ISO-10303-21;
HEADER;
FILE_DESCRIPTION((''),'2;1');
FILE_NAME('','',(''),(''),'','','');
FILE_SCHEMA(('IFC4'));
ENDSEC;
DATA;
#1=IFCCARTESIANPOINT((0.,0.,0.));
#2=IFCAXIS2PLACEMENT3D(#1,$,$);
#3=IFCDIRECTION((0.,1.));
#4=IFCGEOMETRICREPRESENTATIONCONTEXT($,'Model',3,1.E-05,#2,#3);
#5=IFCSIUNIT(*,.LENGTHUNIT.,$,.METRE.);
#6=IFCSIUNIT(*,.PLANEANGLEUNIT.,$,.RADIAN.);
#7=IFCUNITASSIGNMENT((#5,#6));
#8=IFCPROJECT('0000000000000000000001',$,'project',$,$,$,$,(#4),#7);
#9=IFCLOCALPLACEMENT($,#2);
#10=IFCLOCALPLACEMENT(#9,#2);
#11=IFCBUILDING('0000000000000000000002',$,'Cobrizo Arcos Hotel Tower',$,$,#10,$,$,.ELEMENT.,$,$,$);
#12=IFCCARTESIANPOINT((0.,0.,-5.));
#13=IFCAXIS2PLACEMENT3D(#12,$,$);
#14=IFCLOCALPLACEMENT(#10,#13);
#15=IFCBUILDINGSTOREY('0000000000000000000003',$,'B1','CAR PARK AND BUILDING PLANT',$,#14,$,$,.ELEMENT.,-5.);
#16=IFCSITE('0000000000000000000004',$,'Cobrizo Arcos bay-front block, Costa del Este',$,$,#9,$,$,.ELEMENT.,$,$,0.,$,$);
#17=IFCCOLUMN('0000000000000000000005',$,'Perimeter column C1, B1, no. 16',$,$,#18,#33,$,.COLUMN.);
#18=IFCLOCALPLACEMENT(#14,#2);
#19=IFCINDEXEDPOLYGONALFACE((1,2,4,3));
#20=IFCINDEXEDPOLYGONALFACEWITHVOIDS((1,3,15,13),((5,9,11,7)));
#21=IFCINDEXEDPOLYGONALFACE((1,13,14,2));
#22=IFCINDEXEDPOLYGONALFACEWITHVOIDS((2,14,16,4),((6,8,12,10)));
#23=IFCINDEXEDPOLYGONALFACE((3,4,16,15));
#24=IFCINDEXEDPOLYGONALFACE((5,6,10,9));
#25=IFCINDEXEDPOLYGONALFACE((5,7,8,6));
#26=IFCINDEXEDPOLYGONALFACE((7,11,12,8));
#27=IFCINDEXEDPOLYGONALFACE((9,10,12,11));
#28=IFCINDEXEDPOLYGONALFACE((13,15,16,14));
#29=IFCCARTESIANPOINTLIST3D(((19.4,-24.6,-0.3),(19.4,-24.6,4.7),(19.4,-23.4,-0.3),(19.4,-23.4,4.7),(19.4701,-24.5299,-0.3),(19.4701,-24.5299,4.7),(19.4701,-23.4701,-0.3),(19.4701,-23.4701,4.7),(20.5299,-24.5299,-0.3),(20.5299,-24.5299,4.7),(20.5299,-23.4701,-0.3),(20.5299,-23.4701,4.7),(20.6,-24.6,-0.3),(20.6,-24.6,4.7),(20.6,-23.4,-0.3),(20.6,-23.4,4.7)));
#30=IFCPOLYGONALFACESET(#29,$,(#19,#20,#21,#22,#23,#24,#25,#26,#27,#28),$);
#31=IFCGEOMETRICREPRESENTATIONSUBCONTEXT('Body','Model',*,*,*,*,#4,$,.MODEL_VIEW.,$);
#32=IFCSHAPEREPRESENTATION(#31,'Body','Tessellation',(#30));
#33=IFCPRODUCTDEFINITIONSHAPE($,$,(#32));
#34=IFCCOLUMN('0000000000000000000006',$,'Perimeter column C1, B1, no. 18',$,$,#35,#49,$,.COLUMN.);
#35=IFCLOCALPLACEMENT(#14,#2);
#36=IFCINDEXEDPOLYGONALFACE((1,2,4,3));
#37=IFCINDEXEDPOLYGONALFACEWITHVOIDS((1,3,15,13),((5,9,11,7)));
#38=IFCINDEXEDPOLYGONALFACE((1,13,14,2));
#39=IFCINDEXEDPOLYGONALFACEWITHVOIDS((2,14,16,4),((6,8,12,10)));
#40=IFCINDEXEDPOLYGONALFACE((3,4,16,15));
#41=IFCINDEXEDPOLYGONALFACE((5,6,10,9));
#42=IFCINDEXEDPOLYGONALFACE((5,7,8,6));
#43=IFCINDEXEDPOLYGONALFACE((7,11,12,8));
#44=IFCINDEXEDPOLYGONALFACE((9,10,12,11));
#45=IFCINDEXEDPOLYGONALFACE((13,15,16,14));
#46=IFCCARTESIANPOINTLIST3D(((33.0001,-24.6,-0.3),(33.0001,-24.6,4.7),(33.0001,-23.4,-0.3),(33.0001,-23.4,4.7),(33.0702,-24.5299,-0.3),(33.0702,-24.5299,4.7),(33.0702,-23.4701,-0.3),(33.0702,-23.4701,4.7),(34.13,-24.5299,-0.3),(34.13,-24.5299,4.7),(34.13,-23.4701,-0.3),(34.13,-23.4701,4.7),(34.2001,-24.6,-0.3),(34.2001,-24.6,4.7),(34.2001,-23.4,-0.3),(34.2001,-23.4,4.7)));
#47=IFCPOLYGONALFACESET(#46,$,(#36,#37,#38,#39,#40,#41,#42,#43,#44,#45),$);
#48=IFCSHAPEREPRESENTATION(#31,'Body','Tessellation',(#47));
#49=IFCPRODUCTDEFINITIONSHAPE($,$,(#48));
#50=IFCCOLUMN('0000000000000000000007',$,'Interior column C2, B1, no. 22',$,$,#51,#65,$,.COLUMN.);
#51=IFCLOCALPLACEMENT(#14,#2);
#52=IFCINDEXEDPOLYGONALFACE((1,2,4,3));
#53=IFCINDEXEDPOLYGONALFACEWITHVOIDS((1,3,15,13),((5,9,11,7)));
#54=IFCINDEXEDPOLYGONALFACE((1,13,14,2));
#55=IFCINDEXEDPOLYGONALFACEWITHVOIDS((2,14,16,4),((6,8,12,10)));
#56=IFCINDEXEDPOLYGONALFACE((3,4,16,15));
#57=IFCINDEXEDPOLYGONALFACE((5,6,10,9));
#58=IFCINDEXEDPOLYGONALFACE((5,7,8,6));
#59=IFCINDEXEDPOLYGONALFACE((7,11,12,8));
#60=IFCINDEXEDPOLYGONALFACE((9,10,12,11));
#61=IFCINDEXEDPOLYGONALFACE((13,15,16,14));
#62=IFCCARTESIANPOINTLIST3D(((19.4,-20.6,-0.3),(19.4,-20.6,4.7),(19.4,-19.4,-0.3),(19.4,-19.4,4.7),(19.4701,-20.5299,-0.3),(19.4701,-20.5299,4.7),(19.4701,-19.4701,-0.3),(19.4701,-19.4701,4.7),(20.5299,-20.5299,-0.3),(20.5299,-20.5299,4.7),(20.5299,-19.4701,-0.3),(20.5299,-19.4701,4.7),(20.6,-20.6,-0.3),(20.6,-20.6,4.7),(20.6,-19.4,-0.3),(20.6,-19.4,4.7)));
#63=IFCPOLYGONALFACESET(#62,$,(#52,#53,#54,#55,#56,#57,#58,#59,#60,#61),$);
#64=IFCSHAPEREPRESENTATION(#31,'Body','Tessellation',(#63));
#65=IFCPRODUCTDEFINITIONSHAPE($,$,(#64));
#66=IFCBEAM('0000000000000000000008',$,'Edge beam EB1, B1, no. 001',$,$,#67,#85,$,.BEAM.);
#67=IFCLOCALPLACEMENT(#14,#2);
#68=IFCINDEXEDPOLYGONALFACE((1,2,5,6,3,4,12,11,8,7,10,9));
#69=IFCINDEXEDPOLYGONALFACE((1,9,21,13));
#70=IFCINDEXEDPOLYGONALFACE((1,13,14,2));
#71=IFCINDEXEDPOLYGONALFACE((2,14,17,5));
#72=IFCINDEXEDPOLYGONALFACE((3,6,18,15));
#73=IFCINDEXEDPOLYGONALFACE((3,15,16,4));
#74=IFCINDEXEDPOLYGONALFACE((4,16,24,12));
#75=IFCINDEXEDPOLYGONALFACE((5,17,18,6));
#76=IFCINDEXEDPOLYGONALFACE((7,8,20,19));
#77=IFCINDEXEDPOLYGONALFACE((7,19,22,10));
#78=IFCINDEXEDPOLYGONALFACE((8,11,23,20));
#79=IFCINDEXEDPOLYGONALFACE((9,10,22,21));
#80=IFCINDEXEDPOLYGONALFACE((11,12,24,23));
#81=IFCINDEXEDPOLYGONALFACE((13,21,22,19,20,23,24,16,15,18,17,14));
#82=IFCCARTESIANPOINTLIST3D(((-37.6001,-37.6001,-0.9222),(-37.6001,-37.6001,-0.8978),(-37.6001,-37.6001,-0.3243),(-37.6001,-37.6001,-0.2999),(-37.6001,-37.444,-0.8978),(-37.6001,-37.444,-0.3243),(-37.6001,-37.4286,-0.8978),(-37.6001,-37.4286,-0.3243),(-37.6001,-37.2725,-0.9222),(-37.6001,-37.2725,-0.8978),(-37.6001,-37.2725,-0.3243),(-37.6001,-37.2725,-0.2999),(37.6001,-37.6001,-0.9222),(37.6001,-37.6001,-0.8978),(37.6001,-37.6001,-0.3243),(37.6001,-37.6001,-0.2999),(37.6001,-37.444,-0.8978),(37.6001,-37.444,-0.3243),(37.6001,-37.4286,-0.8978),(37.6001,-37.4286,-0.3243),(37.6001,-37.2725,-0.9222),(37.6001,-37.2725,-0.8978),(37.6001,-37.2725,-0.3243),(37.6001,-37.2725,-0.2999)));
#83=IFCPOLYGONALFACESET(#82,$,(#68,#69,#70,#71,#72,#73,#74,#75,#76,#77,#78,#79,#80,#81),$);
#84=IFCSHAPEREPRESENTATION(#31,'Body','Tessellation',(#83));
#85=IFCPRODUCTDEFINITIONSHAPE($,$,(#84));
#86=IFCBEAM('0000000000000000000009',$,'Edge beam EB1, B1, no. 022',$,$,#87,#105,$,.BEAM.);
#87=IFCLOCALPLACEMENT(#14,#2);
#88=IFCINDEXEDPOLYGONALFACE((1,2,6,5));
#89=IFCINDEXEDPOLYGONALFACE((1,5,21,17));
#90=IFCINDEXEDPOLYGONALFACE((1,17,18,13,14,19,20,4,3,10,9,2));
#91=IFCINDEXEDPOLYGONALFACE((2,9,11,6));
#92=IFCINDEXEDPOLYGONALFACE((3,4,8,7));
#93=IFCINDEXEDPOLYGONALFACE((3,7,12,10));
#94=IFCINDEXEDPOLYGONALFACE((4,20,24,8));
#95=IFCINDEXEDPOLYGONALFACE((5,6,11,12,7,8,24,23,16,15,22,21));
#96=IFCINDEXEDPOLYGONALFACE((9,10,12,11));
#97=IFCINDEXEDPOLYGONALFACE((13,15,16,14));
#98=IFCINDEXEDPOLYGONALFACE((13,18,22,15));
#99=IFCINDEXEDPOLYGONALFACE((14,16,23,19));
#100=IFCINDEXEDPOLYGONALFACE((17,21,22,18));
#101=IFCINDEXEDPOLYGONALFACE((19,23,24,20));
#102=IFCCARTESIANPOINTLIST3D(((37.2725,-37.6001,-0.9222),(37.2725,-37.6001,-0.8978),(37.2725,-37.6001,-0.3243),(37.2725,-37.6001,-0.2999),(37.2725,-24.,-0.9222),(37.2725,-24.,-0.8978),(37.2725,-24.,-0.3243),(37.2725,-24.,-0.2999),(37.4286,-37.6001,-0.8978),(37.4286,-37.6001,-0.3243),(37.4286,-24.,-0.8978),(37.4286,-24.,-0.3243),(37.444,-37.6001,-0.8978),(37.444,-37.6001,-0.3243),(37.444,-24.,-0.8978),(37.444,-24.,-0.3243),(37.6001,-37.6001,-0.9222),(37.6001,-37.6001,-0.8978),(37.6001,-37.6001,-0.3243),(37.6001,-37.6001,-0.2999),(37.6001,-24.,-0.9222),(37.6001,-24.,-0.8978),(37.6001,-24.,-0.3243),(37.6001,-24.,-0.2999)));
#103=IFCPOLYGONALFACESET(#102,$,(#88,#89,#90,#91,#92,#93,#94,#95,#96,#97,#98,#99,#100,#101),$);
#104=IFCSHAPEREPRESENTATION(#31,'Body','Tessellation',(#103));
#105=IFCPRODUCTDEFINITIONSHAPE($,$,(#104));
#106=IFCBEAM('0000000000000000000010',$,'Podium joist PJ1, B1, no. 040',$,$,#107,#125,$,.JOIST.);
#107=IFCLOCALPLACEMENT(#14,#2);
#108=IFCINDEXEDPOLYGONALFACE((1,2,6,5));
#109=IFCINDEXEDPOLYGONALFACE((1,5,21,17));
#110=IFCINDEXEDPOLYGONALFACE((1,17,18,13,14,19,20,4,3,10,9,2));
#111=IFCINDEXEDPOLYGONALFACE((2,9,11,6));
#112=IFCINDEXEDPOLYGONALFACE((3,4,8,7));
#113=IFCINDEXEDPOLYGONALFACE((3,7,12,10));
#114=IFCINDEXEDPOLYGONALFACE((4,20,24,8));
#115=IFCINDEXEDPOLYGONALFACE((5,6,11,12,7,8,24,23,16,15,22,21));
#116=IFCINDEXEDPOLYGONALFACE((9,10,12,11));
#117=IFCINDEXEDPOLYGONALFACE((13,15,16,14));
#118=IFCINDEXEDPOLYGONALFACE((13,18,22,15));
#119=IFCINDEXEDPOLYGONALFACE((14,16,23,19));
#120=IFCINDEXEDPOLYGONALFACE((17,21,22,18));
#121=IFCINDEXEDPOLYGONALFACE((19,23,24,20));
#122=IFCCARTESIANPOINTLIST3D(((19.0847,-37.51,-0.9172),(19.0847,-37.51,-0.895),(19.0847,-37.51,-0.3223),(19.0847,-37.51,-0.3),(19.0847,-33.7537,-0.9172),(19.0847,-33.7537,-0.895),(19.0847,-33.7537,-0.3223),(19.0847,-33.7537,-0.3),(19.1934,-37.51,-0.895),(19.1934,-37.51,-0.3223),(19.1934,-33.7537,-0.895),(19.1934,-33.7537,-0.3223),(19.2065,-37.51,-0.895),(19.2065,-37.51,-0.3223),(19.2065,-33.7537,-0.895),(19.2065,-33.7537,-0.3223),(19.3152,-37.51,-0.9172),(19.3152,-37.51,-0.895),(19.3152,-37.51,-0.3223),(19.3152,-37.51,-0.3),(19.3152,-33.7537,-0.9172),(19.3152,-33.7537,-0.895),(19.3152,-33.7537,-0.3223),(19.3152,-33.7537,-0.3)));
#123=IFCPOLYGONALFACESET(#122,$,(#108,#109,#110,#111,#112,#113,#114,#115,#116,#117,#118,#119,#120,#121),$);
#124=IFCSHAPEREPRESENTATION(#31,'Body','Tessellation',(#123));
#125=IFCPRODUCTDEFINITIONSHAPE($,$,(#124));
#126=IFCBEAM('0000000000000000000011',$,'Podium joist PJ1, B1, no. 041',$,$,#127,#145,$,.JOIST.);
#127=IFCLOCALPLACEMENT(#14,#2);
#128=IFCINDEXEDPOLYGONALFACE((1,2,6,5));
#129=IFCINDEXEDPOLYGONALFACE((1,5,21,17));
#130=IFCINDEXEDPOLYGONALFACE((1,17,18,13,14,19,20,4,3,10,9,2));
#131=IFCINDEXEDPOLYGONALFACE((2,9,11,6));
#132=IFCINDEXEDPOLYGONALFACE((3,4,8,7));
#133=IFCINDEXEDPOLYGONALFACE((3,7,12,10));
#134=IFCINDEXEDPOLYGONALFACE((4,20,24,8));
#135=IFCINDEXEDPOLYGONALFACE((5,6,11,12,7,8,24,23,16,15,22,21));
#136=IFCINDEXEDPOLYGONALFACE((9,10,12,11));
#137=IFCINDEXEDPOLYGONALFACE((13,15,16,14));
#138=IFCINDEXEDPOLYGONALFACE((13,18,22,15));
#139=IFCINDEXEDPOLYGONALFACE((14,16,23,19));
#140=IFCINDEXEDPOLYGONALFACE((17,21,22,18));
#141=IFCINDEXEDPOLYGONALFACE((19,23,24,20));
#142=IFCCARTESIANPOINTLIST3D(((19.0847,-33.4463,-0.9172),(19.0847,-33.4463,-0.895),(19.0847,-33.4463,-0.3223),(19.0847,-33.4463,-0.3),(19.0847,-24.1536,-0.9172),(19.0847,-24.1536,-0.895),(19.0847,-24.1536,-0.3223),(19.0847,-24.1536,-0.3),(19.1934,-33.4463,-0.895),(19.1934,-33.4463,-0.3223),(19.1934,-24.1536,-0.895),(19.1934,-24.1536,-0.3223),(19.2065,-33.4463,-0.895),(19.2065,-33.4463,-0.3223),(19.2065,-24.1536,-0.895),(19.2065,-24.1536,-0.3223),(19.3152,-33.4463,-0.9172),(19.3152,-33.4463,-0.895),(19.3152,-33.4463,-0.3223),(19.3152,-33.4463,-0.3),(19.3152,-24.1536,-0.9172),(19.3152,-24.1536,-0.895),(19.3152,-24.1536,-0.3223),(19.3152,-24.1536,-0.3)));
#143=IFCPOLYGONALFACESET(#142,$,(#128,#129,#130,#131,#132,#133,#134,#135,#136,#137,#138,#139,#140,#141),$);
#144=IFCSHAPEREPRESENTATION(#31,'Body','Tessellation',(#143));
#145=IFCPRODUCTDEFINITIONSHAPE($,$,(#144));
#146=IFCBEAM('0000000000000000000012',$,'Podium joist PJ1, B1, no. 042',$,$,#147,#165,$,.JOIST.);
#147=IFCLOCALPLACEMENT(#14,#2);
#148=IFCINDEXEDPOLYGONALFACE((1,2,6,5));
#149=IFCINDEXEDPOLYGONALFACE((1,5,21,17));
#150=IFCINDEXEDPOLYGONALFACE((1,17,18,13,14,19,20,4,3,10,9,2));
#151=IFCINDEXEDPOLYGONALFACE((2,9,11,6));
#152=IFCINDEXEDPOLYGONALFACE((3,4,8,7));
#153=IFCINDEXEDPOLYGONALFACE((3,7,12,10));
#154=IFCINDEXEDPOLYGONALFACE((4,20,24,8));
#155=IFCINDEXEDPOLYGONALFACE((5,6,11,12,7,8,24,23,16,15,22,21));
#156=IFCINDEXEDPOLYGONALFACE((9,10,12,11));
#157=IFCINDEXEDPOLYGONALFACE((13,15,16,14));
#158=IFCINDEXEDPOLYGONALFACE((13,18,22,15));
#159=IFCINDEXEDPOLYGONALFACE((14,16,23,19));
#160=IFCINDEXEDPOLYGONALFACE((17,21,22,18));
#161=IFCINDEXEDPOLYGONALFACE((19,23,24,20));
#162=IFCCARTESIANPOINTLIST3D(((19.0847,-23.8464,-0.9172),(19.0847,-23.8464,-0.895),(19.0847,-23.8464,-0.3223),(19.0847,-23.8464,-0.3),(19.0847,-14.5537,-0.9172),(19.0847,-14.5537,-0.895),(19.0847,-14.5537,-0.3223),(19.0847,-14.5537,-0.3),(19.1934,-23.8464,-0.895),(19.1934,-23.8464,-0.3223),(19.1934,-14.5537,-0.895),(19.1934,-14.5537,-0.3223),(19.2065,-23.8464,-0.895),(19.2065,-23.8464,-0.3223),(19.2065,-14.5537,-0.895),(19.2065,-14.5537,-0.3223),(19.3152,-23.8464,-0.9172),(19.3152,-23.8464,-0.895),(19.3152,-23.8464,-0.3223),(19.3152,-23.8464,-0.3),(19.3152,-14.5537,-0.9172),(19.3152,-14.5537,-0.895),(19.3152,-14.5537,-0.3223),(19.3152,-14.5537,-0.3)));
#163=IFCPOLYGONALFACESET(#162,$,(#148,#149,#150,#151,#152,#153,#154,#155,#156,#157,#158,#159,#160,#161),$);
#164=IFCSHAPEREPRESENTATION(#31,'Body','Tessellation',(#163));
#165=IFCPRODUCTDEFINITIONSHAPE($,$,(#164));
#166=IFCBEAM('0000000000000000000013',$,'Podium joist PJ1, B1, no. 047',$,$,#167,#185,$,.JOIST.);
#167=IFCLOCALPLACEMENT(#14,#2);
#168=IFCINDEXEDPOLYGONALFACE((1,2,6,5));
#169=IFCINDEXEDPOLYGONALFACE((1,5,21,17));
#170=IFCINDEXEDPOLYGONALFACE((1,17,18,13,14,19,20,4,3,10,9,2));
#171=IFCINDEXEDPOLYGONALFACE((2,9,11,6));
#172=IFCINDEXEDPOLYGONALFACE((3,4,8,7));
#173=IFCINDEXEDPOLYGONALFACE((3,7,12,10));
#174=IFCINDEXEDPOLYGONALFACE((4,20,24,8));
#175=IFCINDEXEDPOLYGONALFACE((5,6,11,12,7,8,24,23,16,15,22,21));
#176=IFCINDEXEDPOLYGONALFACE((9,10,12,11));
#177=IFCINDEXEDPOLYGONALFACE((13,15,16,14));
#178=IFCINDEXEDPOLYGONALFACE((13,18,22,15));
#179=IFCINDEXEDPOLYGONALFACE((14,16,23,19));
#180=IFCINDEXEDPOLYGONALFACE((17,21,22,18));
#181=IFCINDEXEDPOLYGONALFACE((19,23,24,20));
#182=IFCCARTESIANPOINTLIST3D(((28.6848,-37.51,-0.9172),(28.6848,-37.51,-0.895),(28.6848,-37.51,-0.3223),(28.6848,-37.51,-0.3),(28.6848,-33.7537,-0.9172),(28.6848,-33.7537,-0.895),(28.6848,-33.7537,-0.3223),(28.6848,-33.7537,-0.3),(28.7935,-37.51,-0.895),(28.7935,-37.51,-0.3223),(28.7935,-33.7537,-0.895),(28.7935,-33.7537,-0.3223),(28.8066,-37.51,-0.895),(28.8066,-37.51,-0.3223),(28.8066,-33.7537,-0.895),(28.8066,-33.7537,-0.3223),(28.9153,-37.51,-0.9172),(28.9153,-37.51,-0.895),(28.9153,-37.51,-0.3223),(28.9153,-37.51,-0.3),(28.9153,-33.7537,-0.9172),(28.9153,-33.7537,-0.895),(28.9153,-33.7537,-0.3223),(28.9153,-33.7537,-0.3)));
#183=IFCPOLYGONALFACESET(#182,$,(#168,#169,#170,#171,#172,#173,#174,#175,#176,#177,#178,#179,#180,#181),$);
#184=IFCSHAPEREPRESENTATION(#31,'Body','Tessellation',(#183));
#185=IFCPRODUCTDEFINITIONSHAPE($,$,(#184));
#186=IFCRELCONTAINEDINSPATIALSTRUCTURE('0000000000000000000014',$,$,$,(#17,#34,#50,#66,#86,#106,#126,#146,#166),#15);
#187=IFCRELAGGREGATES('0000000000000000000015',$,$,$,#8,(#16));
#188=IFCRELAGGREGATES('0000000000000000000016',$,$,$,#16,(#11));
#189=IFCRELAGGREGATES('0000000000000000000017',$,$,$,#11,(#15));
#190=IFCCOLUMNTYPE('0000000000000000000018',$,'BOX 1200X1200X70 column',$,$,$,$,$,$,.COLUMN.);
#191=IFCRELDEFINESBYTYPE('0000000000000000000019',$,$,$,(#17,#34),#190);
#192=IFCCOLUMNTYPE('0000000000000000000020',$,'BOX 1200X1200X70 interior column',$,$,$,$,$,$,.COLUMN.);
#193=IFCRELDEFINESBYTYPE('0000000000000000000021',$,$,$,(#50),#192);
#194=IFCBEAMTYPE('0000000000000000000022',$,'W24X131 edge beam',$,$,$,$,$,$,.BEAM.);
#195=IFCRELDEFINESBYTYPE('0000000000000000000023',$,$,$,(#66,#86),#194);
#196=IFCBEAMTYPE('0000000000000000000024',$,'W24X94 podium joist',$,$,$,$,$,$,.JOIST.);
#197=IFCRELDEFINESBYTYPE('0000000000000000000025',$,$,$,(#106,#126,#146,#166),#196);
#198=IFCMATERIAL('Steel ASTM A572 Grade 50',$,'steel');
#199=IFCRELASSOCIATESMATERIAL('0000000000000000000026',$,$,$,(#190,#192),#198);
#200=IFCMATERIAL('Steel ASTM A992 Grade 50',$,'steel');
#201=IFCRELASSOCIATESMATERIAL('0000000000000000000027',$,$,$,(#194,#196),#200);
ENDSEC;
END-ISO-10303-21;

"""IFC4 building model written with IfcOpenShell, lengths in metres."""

from ifc_helpers import new_model, si_unit, direction, frame, origin, origin_2d, place, context, subcontext, project, spatial, hollow_rectangle, i_section, extrude, material, material_profile, profile_set, type_object, element, save


model = new_model("IFC4")

# Units and contexts
model_context = context("Model", 3, precision=1e-05, world=origin(), true_north=direction((0.0, 1.0)))
body_context = subcontext(model_context, "Body", "Model", "MODEL_VIEW")
ifc_project = project(units=[si_unit("LENGTHUNIT", "METRE"), si_unit("PLANEANGLEUNIT", "RADIAN")], contexts=[model_context])

# Site, building, storey
site_placement = place(None, origin())
site = spatial("IfcSite", under=ifc_project, at=site_placement, Name="Cobrizo Arcos bay-front block, Costa del Este", CompositionType="ELEMENT", RefElevation=0.0)
building_placement = place(site_placement, origin())
building = spatial("IfcBuilding", under=site, at=building_placement, Name="Cobrizo Arcos Hotel Tower", CompositionType="ELEMENT")
storey_placement = place(building_placement, frame((0.0, 0.0, -5.0)))
storey = spatial("IfcBuildingStorey", under=building, at=storey_placement, Name="B1", Description="CAR PARK AND BUILDING PLANT", CompositionType="ELEMENT", Elevation=-5.0)

# Columns
ifc_material_1 = material(Name="Steel ASTM A572 Grade 50", Category="steel")
ifc_material_profile_1 = material_profile(ifc_material_1, hollow_rectangle(XDim=1.2, YDim=1.2, WallThickness=0.0701, at=origin_2d()), Name="BOX 1200X1200X70")
ifc_profile_set_1 = profile_set([ifc_material_profile_1], Name="Steel ASTM A572 Grade 50")
column_type_1 = type_object("IfcColumnType", Name="BOX 1200X1200X70 column", PredefinedType="COLUMN", material=ifc_profile_set_1)
for number, where, z_axis, x_axis, name in (
    (1, (20.0, -24.0, -0.3), (0.0, 0.0, 1.0), (1.0, 0.0, 0.0), "Perimeter column C1, B1, no. 16"),
    (2, (33.6001, -24.0, -0.3), (0.0, 0.0, 1.0), (1.0, 0.0, 0.0), "Perimeter column C1, B1, no. 18"),
):
    element("IfcColumn", number, at=place(storey_placement, frame(where, z_axis=z_axis, x_axis=x_axis)), inside=storey, type_object=column_type_1, Name=name, PredefinedType="COLUMN", context=body_context, shape_type="SweptSolid", body=[
        extrude(hollow_rectangle(XDim=1.2, YDim=1.2, WallThickness=0.0701, at=origin_2d()), origin(), (0.0, 0.0, 1.0), 5.0),
    ])
ifc_material_profile_2 = material_profile(ifc_material_1, hollow_rectangle(XDim=1.2, YDim=1.2, WallThickness=0.0701, at=origin_2d()), Name="BOX 1200X1200X70")
ifc_profile_set_2 = profile_set([ifc_material_profile_2], Name="Steel ASTM A572 Grade 50")
column_type_2 = type_object("IfcColumnType", Name="BOX 1200X1200X70 interior column", PredefinedType="COLUMN", material=ifc_profile_set_2)
column_placement = place(storey_placement, frame((20.0, -20.0, -0.3), z_axis=(0.0, 0.0, 1.0), x_axis=(1.0, 0.0, 0.0)))
element("IfcColumn", 3, at=column_placement, inside=storey, type_object=column_type_2, Name="Interior column C2, B1, no. 22", PredefinedType="COLUMN", context=body_context, shape_type="SweptSolid", body=[
    extrude(hollow_rectangle(XDim=1.2, YDim=1.2, WallThickness=0.0701, at=origin_2d()), origin(), (0.0, 0.0, 1.0), 5.0),
])

# Beams
ifc_material_2 = material(Name="Steel ASTM A992 Grade 50", Category="steel")
ifc_material_profile_3 = material_profile(ifc_material_2, i_section(OverallWidth=0.3276, OverallDepth=0.6223, WebThickness=0.0154, FlangeThickness=0.0244, at=origin_2d()), Name="W24X131")
ifc_profile_set_3 = profile_set([ifc_material_profile_3], Name="Steel ASTM A992 Grade 50")
beam_type_1 = type_object("IfcBeamType", Name="W24X131 edge beam", PredefinedType="BEAM", material=ifc_profile_set_3)
beam_1_placement = place(storey_placement, frame((37.6001, -37.4363, -0.6111), z_axis=(-1.0, 0.0, 0.0), x_axis=(0.0, -1.0, 0.0)))
element("IfcBeam", 4, at=beam_1_placement, inside=storey, type_object=beam_type_1, Name="Edge beam EB1, B1, no. 001", PredefinedType="BEAM", context=body_context, shape_type="SweptSolid", body=[
    extrude(i_section(OverallWidth=0.3276, OverallDepth=0.6223, WebThickness=0.0154, FlangeThickness=0.0244, at=origin_2d()), origin(), (0.0, 0.0, 1.0), 75.2002),
])
beam_2_placement = place(storey_placement, frame((37.4363, -24.0, -0.6111), z_axis=(0.0, -1.0, 0.0), x_axis=(1.0, 0.0, 0.0)))
element("IfcBeam", 5, at=beam_2_placement, inside=storey, type_object=beam_type_1, Name="Edge beam EB1, B1, no. 022", PredefinedType="BEAM", context=body_context, shape_type="SweptSolid", body=[
    extrude(i_section(OverallWidth=0.3276, OverallDepth=0.6223, WebThickness=0.0154, FlangeThickness=0.0244, at=origin_2d()), origin(), (0.0, 0.0, 1.0), 13.6001),
])
ifc_material_profile_4 = material_profile(ifc_material_2, i_section(OverallWidth=0.2305, OverallDepth=0.6172, WebThickness=0.0132, FlangeThickness=0.0222, at=origin_2d()), Name="W24X94")
ifc_profile_set_4 = profile_set([ifc_material_profile_4], Name="Steel ASTM A992 Grade 50")
beam_type_2 = type_object("IfcBeamType", Name="W24X94 podium joist", PredefinedType="JOIST", material=ifc_profile_set_4)
beam_3_placement = place(storey_placement, frame((19.2, -37.51, -0.6086), z_axis=(0.0, 1.0, 0.0), x_axis=(-1.0, 0.0, 0.0)))
element("IfcBeam", 6, at=beam_3_placement, inside=storey, type_object=beam_type_2, Name="Podium joist PJ1, B1, no. 040", PredefinedType="JOIST", context=body_context, shape_type="SweptSolid", body=[
    extrude(i_section(OverallWidth=0.2305, OverallDepth=0.6172, WebThickness=0.0132, FlangeThickness=0.0222, at=origin_2d()), origin(), (0.0, 0.0, 1.0), 3.7563),
])
for number, where, z_axis, x_axis, name in (
    (7, (19.2, -33.4463, -0.6086), (0.0, 1.0, 0.0), (-1.0, 0.0, 0.0), "Podium joist PJ1, B1, no. 041"),
    (8, (19.2, -23.8464, -0.6086), (0.0, 1.0, 0.0), (-1.0, 0.0, 0.0), "Podium joist PJ1, B1, no. 042"),
):
    element("IfcBeam", number, at=place(storey_placement, frame(where, z_axis=z_axis, x_axis=x_axis)), inside=storey, type_object=beam_type_2, Name=name, PredefinedType="JOIST", context=body_context, shape_type="SweptSolid", body=[
        extrude(i_section(OverallWidth=0.2305, OverallDepth=0.6172, WebThickness=0.0132, FlangeThickness=0.0222, at=origin_2d()), origin(), (0.0, 0.0, 1.0), 9.2927),
    ])
beam_4_placement = place(storey_placement, frame((28.8, -37.51, -0.6086), z_axis=(0.0, 1.0, 0.0), x_axis=(-1.0, 0.0, 0.0)))
element("IfcBeam", 9, at=beam_4_placement, inside=storey, type_object=beam_type_2, Name="Podium joist PJ1, B1, no. 047", PredefinedType="JOIST", context=body_context, shape_type="SweptSolid", body=[
    extrude(i_section(OverallWidth=0.2305, OverallDepth=0.6172, WebThickness=0.0132, FlangeThickness=0.0222, at=origin_2d()), origin(), (0.0, 0.0, 1.0), 3.7563),
])

save(model, "model.ifc")
